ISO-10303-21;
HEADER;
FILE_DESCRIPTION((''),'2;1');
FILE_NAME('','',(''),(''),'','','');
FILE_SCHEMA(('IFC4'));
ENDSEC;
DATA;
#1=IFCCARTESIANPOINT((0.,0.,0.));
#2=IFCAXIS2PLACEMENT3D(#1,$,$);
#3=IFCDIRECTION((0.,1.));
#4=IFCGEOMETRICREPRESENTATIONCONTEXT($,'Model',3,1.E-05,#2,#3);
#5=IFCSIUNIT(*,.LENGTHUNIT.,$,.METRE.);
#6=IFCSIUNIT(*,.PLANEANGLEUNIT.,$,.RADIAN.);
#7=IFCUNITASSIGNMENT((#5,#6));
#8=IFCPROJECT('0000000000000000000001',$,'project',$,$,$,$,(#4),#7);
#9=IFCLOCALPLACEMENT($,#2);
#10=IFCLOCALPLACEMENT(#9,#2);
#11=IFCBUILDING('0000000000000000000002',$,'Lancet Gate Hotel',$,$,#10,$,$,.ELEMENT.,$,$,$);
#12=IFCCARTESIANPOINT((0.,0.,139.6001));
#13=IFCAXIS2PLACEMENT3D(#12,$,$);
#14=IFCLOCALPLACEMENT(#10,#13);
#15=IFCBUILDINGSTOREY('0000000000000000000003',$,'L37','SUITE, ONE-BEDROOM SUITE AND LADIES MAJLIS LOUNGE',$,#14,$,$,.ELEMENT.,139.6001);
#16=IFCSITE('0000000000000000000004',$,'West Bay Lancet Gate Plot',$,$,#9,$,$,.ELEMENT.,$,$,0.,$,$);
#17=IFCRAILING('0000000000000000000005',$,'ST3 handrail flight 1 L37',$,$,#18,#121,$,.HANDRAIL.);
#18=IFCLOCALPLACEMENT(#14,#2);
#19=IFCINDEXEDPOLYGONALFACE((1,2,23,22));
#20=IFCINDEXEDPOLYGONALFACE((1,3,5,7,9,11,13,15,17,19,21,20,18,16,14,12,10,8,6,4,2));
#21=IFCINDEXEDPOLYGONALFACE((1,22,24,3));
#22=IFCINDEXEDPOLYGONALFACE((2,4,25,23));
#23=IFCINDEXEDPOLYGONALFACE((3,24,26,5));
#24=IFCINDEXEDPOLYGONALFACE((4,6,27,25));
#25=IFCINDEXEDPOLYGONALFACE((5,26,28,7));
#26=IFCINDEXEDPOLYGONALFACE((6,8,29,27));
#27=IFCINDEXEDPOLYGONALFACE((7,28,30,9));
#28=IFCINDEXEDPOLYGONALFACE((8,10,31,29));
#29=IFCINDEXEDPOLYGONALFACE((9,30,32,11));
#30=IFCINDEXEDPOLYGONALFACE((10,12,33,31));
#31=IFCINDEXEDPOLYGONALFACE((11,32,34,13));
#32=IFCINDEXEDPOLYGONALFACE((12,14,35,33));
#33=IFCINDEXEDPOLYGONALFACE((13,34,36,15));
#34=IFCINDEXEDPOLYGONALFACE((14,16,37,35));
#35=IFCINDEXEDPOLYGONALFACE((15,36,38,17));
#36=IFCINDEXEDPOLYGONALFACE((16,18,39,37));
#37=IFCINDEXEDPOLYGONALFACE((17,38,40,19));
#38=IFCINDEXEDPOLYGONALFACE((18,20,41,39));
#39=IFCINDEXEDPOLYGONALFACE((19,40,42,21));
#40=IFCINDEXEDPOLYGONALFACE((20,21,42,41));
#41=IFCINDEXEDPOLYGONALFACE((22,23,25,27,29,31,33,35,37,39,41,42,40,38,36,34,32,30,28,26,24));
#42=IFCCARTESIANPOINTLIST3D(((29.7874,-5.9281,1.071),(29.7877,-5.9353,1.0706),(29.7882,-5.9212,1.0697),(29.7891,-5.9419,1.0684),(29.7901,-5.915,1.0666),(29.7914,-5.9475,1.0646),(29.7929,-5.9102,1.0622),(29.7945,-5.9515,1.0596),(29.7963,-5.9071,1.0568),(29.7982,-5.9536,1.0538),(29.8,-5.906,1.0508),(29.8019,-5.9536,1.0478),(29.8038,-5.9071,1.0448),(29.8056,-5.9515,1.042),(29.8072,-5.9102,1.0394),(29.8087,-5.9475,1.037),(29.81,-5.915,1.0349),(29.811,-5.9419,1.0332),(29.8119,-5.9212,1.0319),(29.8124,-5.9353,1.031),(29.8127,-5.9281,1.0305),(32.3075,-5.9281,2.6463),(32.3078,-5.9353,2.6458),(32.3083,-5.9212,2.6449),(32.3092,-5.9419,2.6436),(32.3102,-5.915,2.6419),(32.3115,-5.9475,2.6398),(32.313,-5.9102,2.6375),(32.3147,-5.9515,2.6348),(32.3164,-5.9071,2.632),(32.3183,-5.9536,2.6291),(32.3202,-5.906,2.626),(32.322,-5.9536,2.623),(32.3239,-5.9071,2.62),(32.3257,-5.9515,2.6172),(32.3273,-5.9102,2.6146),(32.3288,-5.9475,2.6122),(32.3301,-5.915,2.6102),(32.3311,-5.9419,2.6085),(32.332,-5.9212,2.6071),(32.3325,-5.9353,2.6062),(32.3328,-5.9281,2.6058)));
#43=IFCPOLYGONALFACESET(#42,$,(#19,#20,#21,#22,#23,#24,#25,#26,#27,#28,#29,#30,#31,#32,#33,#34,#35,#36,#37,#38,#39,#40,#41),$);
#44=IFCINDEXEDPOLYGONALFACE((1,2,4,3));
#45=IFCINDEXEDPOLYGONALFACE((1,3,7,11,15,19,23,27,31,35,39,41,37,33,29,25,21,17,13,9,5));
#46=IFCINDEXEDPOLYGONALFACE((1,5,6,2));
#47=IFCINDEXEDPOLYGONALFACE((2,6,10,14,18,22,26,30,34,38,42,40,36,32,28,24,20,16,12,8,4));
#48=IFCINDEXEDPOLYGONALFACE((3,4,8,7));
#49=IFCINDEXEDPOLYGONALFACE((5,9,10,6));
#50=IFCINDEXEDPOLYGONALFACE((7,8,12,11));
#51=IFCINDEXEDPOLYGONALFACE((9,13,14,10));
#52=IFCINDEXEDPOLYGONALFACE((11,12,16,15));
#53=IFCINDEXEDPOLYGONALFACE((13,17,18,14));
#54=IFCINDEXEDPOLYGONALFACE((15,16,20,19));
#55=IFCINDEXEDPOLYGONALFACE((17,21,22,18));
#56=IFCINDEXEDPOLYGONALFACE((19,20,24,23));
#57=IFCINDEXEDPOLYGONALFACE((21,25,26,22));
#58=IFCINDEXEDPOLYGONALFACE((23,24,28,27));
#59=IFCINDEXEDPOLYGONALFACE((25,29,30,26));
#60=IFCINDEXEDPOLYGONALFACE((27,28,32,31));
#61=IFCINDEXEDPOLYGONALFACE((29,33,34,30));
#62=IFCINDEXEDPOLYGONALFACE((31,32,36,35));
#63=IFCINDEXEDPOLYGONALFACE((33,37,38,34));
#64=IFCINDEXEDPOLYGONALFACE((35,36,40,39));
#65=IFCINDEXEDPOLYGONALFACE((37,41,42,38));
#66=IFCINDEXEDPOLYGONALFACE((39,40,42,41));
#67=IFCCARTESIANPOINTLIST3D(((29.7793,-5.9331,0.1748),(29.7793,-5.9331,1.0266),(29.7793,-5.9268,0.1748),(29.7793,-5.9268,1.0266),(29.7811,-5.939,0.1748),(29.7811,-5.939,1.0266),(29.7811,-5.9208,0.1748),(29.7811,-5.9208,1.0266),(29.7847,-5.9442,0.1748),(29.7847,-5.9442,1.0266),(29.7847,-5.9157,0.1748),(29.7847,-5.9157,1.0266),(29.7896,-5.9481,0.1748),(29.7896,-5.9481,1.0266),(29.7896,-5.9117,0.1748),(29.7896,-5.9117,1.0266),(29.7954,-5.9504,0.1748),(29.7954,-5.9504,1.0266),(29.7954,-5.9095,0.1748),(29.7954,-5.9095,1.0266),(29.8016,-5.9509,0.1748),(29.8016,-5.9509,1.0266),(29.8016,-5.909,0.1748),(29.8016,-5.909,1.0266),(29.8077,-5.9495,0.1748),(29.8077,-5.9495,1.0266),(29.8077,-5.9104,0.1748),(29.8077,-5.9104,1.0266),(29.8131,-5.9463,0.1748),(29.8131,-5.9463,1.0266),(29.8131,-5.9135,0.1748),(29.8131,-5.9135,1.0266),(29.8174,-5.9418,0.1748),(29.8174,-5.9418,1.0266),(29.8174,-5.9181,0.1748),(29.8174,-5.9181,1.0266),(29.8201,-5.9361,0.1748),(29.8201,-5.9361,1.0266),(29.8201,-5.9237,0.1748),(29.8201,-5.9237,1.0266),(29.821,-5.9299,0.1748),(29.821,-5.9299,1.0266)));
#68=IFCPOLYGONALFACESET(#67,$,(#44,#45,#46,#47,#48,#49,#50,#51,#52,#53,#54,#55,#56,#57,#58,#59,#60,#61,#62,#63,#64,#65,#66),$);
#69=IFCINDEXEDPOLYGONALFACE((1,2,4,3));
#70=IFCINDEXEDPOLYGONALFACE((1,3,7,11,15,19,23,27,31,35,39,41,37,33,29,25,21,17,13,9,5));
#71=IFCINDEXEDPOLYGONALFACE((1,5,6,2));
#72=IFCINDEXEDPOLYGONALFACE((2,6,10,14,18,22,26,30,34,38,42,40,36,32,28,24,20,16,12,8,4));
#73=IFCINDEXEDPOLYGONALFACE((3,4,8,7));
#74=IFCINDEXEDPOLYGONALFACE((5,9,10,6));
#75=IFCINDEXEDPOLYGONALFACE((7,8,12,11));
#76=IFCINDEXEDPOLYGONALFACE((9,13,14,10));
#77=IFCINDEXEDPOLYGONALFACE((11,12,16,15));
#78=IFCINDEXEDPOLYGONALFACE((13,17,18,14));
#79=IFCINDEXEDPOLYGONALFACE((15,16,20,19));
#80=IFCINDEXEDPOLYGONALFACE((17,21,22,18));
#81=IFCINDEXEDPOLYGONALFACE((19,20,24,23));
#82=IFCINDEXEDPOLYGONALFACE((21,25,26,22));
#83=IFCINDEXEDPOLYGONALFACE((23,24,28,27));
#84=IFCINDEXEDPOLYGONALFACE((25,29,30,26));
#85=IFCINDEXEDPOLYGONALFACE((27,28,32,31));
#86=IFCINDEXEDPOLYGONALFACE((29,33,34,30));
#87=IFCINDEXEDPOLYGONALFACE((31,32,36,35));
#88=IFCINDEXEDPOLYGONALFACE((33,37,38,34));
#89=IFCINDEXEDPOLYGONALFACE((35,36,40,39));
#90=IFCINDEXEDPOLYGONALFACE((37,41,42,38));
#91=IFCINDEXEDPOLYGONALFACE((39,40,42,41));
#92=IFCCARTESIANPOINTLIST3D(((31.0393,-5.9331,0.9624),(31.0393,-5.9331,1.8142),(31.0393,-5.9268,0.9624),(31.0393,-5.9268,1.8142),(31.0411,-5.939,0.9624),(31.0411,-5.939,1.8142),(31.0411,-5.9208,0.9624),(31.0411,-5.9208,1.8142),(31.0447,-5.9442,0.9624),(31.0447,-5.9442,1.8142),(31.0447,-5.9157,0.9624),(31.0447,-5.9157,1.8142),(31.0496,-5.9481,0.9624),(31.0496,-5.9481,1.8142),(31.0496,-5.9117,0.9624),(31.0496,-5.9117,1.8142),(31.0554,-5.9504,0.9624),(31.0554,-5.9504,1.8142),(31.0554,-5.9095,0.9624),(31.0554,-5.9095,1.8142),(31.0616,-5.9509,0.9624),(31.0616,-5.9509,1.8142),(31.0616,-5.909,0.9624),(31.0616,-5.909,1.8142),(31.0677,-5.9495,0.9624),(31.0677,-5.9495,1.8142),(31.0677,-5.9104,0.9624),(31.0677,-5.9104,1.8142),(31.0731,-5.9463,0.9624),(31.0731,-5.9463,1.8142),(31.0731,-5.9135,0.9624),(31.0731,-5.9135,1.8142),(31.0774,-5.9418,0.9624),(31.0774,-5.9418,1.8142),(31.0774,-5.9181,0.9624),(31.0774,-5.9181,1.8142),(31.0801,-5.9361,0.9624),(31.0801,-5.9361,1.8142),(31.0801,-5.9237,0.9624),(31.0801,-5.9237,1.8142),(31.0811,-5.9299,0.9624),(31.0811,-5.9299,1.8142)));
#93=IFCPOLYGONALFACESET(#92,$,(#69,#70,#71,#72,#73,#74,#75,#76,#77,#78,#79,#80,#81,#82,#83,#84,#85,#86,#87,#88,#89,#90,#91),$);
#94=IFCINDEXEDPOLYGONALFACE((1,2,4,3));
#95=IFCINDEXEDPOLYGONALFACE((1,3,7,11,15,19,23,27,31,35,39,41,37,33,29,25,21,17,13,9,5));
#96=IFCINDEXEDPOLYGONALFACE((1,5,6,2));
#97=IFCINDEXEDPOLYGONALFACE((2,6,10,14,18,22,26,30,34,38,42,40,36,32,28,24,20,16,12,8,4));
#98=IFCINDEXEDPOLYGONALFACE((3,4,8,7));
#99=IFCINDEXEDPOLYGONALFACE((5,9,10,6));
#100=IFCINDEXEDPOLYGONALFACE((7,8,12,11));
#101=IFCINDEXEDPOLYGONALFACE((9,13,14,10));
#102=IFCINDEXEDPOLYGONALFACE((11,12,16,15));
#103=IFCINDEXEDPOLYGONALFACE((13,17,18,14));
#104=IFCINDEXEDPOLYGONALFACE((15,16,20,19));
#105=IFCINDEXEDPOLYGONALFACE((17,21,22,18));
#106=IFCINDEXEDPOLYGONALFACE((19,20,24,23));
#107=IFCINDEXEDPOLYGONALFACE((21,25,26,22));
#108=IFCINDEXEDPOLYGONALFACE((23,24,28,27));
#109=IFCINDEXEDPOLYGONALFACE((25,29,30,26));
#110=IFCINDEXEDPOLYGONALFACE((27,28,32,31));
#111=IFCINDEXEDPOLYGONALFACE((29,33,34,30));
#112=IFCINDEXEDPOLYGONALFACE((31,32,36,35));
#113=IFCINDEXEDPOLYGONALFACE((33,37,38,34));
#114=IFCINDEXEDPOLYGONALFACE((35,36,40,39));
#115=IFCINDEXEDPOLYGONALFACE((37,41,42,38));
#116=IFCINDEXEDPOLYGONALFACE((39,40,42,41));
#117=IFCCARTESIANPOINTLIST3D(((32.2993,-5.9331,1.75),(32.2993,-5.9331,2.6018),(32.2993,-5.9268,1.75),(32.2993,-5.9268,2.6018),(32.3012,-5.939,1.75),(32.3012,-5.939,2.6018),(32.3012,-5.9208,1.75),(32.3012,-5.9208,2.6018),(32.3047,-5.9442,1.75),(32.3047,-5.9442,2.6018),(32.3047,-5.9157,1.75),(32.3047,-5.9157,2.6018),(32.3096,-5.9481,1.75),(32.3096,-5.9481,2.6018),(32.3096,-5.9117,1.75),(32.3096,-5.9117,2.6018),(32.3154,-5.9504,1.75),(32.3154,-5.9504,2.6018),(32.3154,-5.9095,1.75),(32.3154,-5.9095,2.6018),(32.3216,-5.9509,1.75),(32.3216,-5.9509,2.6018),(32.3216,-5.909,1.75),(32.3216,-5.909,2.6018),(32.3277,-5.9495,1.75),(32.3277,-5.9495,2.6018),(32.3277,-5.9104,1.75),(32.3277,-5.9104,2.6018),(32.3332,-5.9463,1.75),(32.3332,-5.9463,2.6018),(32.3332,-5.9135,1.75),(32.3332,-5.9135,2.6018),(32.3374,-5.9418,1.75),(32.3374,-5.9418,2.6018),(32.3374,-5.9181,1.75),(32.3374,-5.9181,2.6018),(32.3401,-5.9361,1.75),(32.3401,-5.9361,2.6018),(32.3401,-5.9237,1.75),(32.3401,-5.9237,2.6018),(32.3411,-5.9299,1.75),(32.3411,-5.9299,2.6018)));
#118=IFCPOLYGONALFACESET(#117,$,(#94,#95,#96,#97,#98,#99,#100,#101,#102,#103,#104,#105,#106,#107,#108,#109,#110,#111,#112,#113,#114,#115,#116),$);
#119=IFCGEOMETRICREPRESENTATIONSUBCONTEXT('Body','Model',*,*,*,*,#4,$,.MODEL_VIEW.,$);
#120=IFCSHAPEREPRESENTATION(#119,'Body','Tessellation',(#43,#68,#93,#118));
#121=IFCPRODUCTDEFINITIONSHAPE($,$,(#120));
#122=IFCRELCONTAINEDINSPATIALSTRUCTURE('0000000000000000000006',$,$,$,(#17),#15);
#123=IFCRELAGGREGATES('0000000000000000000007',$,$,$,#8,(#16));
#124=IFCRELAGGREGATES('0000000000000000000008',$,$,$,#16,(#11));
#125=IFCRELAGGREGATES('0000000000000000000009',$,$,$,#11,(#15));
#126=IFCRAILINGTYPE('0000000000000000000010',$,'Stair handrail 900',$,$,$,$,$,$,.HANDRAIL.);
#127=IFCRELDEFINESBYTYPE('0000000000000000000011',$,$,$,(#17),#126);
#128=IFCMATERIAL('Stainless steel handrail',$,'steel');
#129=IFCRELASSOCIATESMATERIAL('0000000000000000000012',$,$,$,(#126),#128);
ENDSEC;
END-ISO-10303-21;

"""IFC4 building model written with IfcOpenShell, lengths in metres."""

from ifc_helpers import new_model, si_unit, direction, frame, origin, origin_2d, place, context, subcontext, project, spatial, circle, extrude, material, type_object, element, save


model = new_model("IFC4")

# Units and contexts
model_context = context("Model", 3, precision=1e-05, world=origin(), true_north=direction((0.0, 1.0)))
body_context = subcontext(model_context, "Body", "Model", "MODEL_VIEW")
ifc_project = project(units=[si_unit("LENGTHUNIT", "METRE"), si_unit("PLANEANGLEUNIT", "RADIAN")], contexts=[model_context])

# Site, building, storey
site_placement = place(None, origin())
site = spatial("IfcSite", under=ifc_project, at=site_placement, Name="West Bay Lancet Gate Plot", CompositionType="ELEMENT", RefElevation=0.0)
building_placement = place(site_placement, origin())
building = spatial("IfcBuilding", under=site, at=building_placement, Name="Lancet Gate Hotel", CompositionType="ELEMENT")
storey_placement = place(building_placement, frame((0.0, 0.0, 139.6001)))
storey = spatial("IfcBuildingStorey", under=building, at=storey_placement, Name="L37", Description="SUITE, ONE-BEDROOM SUITE AND LADIES MAJLIS LOUNGE", CompositionType="ELEMENT", Elevation=139.6001)

# Railing
ifc_material_1 = material(Name="Stainless steel handrail", Category="steel")
railing_type = type_object("IfcRailingType", Name="Stair handrail 900", PredefinedType="HANDRAIL", material=ifc_material_1)
railing_1_placement = place(storey_placement, frame((29.8, -5.9299, 0.1748)))
element("IfcRailing", 1, at=railing_1_placement, inside=storey, type_object=railing_type, Name="ST3 handrail flight 1 L37", PredefinedType="HANDRAIL", context=body_context, shape_type="SweptSolid", body=[
    extrude(circle(Radius=0.0239, at=origin_2d()), frame((0.0, 0.0, 0.876), z_axis=(0.847971, 0.0, 0.530043), x_axis=(0.0, 1.0, 0.0)), (0.0, 0.0, 1.0), 2.9719),
    extrude(circle(Radius=0.021, at=origin_2d()), origin(), (0.0, 0.0, 1.0), 0.8518),
    extrude(circle(Radius=0.021, at=origin_2d()), frame((1.26, 0.0, 0.7876)), (0.0, 0.0, 1.0), 0.8518),
    extrude(circle(Radius=0.021, at=origin_2d()), frame((2.52, 0.0, 1.5752)), (0.0, 0.0, 1.0), 0.8518),
])

save(model, "model.ifc")
